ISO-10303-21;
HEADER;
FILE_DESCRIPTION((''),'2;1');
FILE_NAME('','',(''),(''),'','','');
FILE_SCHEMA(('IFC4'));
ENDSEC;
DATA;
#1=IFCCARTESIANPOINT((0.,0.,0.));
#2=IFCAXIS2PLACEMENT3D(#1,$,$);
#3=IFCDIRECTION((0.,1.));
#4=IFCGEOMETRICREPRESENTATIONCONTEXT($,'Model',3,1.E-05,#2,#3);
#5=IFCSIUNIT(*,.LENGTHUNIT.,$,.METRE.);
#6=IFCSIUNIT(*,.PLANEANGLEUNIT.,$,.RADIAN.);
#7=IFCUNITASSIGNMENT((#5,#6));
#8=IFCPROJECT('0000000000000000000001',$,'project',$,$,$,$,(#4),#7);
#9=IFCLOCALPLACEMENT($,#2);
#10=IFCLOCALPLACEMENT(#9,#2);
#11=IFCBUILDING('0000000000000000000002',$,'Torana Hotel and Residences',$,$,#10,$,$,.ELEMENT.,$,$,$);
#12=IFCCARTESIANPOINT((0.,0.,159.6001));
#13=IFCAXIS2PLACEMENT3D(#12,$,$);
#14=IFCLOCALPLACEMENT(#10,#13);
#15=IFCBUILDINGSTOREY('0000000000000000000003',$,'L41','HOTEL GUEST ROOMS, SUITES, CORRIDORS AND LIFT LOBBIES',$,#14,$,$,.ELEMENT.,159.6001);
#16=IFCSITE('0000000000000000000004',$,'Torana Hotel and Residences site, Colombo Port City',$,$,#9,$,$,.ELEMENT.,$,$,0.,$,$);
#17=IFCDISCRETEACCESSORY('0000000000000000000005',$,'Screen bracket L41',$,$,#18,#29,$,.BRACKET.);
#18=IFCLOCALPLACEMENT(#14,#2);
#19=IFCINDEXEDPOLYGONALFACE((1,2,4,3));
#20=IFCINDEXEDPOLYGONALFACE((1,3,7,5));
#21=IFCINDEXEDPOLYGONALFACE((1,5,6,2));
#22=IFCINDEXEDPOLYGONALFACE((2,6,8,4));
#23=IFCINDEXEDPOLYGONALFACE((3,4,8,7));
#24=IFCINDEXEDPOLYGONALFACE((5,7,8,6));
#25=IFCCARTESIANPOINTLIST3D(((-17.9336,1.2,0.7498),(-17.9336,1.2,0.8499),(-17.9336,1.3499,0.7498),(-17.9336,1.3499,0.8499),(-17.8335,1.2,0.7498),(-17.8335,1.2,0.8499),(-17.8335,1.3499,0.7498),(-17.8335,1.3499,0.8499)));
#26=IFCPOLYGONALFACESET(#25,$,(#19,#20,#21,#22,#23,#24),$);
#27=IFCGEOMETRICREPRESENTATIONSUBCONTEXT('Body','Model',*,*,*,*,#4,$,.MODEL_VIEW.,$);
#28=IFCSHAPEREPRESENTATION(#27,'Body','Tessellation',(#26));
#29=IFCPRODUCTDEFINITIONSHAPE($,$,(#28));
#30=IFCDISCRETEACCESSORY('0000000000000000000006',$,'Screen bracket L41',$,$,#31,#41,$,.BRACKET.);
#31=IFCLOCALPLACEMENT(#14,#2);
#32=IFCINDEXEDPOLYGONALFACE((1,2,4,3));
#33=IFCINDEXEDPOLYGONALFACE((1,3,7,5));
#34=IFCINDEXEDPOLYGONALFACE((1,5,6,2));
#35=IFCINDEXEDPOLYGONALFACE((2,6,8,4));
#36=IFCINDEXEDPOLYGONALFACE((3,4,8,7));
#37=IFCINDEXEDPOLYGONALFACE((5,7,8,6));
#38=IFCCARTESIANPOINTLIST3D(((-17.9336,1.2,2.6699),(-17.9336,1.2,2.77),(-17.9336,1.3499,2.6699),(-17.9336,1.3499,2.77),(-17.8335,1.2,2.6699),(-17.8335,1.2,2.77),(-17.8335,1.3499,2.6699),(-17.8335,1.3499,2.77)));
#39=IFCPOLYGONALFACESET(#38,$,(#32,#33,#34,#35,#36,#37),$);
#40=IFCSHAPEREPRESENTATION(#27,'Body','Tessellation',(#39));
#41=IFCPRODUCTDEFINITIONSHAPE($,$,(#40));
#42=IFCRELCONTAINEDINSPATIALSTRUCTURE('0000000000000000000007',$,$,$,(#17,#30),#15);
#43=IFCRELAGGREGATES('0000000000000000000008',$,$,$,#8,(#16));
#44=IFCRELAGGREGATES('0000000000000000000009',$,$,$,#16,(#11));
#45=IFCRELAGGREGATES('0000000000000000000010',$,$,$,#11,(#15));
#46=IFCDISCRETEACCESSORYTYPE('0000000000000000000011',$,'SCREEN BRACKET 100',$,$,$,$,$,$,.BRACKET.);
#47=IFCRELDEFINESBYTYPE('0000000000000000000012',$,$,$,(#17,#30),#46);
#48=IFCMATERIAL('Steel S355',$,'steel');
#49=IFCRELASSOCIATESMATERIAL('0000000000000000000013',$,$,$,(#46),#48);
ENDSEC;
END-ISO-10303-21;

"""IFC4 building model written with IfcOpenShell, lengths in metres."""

from ifc_helpers import new_model, si_unit, direction, frame, origin, origin_2d, place, context, subcontext, project, spatial, rectangle, extrude, material, type_object, element, save


model = new_model("IFC4")

# Units and contexts
model_context = context("Model", 3, precision=1e-05, world=origin(), true_north=direction((0.0, 1.0)))
body_context = subcontext(model_context, "Body", "Model", "MODEL_VIEW")
ifc_project = project(units=[si_unit("LENGTHUNIT", "METRE"), si_unit("PLANEANGLEUNIT", "RADIAN")], contexts=[model_context])

# Site, building, storey
site_placement = place(None, origin())
site = spatial("IfcSite", under=ifc_project, at=site_placement, Name="Torana Hotel and Residences site, Colombo Port City", CompositionType="ELEMENT", RefElevation=0.0)
building_placement = place(site_placement, origin())
building = spatial("IfcBuilding", under=site, at=building_placement, Name="Torana Hotel and Residences", CompositionType="ELEMENT")
storey_placement = place(building_placement, frame((0.0, 0.0, 159.6001)))
storey = spatial("IfcBuildingStorey", under=building, at=storey_placement, Name="L41", Description="HOTEL GUEST ROOMS, SUITES, CORRIDORS AND LIFT LOBBIES", CompositionType="ELEMENT", Elevation=159.6001)

# Discrete accessories
ifc_material_1 = material(Name="Steel S355", Category="steel")
discrete_accessory_type = type_object("IfcDiscreteAccessoryType", Name="SCREEN BRACKET 100", PredefinedType="BRACKET", material=ifc_material_1)
for number, where, z_axis, x_axis, name in (
    (1, (-17.8835, 1.2749, 0.7498), (0.0, 0.0, 1.0), (-1.0, 0.0, 0.0), "Screen bracket L41"),
    (2, (-17.8835, 1.2749, 2.6699), (0.0, 0.0, 1.0), (-1.0, 0.0, 0.0), "Screen bracket L41"),
):
    element("IfcDiscreteAccessory", number, at=place(storey_placement, frame(where, z_axis=z_axis, x_axis=x_axis)), inside=storey, type_object=discrete_accessory_type, Name=name, PredefinedType="BRACKET", context=body_context, shape_type="SweptSolid", body=[
        extrude(rectangle(XDim=0.1001, YDim=0.1499, at=origin_2d()), origin(), (0.0, 0.0, 1.0), 0.1001),
    ])

save(model, "model.ifc")
